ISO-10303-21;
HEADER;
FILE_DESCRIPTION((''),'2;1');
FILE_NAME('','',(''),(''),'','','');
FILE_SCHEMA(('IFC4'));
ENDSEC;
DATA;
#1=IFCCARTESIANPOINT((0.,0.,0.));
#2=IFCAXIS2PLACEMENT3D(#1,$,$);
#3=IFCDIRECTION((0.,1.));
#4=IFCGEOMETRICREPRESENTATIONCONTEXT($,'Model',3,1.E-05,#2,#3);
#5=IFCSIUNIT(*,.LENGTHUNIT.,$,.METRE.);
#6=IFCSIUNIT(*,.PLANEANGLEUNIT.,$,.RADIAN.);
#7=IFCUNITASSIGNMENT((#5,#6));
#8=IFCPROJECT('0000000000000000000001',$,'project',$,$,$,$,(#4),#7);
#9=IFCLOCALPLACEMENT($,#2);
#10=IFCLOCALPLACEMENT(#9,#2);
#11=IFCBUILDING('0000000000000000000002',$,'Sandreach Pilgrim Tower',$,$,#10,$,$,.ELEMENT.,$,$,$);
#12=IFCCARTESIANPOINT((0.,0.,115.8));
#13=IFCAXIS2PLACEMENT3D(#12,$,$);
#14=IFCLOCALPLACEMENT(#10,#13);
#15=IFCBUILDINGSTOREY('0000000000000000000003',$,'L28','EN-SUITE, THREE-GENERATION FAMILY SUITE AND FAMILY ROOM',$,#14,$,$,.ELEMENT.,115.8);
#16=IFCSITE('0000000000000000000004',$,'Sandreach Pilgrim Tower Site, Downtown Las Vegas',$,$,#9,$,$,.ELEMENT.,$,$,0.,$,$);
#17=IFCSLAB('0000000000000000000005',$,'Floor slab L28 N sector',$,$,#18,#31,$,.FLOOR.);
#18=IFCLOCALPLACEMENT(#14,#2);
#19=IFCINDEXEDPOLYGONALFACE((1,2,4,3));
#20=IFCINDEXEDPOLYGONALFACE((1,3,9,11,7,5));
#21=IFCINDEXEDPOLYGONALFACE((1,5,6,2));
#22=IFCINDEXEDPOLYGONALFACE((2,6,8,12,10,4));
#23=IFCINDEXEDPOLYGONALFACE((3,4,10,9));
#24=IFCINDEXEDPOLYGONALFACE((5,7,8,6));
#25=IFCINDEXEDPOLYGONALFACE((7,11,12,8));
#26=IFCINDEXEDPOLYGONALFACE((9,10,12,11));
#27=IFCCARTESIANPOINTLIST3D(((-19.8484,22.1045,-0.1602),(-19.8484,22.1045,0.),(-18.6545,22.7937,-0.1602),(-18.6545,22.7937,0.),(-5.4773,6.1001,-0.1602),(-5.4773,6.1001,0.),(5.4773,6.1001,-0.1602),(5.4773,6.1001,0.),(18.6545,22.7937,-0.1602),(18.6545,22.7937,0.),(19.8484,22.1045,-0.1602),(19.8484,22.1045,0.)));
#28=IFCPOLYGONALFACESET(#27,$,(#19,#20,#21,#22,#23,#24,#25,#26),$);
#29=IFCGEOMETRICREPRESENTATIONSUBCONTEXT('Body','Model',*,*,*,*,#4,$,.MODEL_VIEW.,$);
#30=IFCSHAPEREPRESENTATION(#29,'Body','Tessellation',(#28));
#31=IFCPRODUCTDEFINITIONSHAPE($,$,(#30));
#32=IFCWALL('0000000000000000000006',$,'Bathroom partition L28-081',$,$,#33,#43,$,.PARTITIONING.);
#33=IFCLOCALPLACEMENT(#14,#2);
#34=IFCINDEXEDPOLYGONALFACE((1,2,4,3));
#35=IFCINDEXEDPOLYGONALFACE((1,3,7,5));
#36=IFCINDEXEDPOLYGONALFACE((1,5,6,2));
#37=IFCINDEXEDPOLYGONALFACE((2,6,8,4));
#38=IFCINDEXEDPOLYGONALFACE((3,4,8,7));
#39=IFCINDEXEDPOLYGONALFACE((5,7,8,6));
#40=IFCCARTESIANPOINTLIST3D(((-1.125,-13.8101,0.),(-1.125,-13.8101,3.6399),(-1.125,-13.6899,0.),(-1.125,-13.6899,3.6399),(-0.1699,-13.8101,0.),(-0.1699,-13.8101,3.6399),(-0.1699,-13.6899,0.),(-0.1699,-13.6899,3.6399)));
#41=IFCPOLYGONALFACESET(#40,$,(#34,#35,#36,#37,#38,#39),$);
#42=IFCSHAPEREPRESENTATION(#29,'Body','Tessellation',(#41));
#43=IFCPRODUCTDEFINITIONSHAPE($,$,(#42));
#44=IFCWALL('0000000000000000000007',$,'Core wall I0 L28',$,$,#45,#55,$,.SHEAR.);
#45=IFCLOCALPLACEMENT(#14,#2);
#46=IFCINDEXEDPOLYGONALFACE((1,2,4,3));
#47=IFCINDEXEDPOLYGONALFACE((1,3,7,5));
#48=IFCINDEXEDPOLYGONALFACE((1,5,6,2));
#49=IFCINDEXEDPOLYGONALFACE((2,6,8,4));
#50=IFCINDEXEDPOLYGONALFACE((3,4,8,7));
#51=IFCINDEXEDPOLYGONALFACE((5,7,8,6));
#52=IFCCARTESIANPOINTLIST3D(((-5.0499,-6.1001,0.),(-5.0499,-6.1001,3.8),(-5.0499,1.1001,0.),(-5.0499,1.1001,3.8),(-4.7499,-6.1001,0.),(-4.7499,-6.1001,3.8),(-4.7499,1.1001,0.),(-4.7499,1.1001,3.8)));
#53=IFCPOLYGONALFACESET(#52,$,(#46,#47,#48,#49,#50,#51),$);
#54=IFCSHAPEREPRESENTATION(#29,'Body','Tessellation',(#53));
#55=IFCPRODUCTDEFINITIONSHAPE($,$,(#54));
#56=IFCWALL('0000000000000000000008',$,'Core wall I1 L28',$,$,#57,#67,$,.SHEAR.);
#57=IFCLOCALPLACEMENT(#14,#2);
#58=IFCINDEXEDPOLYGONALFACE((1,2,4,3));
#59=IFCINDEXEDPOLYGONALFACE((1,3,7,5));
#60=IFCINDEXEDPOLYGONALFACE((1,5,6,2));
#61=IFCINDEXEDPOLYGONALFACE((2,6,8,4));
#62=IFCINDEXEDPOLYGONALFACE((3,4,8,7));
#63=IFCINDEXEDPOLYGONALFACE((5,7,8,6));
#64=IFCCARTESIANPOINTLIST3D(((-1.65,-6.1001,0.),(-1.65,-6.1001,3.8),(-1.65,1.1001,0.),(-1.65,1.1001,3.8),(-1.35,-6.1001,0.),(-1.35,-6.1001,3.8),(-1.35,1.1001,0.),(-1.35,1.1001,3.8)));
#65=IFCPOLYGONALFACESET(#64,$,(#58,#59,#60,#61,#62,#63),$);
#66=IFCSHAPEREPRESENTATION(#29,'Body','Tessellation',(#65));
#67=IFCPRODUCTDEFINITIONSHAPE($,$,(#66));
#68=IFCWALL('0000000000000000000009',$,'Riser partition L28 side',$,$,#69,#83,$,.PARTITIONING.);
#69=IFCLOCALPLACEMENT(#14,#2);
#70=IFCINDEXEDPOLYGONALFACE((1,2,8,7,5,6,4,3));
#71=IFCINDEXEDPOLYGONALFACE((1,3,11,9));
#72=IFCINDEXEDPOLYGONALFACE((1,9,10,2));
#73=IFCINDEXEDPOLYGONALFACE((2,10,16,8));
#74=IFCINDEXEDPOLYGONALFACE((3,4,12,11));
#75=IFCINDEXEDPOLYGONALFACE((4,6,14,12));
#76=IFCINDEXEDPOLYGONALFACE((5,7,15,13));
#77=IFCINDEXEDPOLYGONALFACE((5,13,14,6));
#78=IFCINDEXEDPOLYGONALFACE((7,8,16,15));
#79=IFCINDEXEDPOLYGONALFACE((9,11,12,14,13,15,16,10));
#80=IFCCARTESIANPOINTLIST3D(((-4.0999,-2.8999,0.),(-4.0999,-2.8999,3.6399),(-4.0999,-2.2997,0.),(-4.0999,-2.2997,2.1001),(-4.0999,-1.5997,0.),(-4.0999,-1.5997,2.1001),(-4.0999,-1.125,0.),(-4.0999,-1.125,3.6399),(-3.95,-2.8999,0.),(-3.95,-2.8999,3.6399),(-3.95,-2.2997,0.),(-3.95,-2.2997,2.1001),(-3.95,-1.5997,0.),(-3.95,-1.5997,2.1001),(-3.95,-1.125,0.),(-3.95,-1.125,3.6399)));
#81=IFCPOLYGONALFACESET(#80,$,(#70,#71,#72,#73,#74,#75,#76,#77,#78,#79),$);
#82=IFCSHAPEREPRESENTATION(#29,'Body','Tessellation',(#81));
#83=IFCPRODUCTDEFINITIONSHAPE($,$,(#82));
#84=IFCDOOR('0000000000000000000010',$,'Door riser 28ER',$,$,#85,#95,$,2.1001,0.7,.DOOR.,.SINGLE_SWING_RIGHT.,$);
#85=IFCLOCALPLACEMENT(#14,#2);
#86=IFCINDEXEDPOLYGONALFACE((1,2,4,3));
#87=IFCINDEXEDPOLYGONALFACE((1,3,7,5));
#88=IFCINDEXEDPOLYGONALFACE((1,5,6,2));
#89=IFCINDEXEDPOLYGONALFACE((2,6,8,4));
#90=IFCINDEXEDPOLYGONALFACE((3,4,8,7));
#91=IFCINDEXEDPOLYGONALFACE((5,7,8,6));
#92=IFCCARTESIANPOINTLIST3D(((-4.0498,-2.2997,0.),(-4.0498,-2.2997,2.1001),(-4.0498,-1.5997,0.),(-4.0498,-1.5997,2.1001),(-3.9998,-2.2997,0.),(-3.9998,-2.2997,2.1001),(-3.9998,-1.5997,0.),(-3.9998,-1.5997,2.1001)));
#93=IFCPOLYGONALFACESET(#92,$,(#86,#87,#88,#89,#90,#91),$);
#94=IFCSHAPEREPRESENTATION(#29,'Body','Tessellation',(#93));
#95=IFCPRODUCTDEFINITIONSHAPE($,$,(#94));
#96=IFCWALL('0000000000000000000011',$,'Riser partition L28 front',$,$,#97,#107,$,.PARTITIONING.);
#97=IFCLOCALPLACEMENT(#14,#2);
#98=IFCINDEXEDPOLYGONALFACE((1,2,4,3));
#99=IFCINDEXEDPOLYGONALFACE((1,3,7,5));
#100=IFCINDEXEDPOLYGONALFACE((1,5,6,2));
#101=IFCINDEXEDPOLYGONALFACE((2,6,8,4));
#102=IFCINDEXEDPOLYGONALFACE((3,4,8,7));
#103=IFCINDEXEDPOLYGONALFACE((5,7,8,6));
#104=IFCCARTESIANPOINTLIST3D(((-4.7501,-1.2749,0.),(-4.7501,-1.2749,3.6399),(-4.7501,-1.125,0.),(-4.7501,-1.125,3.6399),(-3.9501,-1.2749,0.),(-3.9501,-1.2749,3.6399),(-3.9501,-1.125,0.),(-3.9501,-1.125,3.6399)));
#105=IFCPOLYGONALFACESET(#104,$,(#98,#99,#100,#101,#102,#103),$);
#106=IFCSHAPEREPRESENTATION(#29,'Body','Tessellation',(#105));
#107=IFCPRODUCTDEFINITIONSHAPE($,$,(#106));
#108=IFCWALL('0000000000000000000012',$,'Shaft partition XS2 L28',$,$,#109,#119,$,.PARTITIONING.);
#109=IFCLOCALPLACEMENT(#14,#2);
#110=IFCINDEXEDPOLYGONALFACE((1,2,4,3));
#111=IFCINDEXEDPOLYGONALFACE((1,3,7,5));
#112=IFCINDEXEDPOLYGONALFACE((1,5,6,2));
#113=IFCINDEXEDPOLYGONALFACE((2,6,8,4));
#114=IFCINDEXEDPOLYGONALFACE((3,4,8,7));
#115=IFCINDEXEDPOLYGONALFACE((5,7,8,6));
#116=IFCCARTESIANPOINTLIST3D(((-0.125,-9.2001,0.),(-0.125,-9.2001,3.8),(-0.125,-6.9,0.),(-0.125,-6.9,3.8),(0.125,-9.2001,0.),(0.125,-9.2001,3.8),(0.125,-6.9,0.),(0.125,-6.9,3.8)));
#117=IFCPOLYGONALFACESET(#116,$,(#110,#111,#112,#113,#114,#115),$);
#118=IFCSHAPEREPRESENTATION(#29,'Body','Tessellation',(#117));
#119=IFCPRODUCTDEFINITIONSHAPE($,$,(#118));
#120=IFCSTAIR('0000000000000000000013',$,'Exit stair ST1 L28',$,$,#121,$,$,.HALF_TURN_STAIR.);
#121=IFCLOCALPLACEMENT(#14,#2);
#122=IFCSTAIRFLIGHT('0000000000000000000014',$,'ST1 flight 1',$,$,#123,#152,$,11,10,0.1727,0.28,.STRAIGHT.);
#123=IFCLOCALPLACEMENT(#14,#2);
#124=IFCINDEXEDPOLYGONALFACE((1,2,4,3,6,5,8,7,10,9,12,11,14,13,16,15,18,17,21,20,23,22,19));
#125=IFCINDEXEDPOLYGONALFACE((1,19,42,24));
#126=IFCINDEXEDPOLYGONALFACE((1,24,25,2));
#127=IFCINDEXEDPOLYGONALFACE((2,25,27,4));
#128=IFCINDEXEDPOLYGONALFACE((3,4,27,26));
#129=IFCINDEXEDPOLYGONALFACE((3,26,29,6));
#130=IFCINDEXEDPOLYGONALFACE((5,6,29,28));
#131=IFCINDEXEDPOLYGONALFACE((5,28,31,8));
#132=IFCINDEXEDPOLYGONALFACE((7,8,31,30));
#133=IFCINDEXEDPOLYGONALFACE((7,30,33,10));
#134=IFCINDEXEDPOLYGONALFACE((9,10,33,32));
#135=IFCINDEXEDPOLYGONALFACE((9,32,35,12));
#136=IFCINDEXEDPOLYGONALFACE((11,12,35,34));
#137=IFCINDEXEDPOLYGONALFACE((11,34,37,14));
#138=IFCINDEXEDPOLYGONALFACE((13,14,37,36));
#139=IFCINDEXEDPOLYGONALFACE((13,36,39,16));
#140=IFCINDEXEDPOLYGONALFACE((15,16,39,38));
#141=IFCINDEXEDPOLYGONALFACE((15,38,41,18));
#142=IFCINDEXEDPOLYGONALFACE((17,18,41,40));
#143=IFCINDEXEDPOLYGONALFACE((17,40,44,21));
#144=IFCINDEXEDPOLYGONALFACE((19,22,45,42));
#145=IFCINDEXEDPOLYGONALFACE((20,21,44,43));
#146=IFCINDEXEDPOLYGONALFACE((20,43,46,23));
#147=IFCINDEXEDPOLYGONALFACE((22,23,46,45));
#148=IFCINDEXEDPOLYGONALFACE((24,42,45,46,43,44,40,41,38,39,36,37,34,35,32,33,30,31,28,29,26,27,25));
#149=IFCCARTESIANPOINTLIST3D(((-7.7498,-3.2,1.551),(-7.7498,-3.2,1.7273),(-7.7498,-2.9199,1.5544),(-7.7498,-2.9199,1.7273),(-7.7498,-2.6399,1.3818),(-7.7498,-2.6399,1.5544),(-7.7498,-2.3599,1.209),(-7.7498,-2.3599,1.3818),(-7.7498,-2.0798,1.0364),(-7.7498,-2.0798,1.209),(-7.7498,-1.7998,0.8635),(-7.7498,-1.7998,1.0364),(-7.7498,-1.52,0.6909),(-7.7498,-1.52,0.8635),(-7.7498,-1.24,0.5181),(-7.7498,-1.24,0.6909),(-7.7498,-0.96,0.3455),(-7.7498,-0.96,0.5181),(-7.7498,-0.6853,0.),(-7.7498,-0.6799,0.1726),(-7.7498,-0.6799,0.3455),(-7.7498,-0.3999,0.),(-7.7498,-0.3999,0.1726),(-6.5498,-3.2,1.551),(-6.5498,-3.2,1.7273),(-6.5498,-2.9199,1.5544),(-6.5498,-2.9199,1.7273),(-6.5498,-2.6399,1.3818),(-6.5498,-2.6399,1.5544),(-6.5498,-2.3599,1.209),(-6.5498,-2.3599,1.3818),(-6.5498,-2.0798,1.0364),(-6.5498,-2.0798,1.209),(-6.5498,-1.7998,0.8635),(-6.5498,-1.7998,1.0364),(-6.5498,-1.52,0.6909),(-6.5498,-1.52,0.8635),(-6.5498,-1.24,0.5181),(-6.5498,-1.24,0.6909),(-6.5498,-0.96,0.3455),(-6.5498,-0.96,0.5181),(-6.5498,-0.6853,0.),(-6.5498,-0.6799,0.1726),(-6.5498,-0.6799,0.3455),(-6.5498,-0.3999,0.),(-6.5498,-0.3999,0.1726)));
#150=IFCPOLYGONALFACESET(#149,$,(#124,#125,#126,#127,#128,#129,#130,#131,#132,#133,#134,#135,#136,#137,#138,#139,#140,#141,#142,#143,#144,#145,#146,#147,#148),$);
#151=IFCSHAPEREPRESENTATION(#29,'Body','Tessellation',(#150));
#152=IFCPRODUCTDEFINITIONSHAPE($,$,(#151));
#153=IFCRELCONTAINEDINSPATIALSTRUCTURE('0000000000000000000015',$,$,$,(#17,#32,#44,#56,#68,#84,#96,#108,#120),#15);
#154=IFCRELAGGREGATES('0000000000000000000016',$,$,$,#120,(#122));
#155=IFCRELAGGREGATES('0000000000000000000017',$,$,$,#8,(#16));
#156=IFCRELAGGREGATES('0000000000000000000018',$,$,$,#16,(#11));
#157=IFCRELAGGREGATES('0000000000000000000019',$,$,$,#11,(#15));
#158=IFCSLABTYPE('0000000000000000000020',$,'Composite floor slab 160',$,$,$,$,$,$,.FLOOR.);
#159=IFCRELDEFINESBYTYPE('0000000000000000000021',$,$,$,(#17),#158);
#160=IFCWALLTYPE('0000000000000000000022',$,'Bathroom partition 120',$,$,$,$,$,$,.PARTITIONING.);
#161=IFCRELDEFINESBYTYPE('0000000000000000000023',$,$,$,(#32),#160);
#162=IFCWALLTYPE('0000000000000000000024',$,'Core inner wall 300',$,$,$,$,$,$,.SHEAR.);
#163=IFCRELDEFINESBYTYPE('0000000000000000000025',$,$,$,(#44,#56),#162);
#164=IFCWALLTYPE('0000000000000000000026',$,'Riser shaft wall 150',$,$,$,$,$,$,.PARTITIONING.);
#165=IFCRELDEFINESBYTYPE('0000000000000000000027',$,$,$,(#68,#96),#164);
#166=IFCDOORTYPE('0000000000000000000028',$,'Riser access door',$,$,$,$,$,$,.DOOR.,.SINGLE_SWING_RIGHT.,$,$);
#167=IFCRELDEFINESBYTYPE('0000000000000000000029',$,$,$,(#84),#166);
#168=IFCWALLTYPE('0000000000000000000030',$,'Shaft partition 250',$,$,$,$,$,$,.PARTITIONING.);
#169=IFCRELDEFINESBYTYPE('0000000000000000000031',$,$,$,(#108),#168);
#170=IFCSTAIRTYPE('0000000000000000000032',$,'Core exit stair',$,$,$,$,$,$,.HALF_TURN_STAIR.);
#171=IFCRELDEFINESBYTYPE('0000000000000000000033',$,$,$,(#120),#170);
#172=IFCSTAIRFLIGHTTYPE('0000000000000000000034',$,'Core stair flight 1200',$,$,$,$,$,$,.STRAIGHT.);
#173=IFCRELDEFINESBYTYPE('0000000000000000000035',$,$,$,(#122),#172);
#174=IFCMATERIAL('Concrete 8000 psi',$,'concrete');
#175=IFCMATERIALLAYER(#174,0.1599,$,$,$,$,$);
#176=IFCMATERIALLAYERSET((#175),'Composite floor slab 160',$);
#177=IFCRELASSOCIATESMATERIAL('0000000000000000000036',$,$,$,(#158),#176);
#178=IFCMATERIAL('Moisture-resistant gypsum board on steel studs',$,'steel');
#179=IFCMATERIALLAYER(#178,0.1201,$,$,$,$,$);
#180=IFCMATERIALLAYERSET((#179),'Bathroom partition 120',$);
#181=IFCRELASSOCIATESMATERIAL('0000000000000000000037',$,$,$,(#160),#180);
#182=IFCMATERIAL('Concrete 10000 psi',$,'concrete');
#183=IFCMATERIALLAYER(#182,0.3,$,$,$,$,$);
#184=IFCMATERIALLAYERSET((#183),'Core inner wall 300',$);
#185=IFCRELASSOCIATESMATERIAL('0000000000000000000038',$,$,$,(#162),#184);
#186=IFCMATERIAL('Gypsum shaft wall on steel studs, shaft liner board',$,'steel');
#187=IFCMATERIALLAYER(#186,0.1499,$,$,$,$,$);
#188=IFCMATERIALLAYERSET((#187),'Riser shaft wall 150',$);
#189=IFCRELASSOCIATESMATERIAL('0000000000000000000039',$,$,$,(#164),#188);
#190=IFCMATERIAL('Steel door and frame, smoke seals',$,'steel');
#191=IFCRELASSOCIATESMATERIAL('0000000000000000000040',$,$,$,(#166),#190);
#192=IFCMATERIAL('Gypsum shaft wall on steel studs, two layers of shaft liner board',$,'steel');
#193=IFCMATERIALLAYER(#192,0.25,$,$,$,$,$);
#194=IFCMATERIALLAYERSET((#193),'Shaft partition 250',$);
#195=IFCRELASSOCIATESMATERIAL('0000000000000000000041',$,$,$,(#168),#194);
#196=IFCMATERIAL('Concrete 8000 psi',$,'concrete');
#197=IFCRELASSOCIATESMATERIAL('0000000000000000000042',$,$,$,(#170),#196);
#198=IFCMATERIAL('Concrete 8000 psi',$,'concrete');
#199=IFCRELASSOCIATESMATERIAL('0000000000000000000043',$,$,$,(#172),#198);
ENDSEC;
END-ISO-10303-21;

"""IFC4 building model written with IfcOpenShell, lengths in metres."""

from ifc_helpers import new_model, si_unit, direction, frame, frame_2d, origin, place, context, subcontext, project, spatial, polyline, rectangle, outline, extrude, material, layer, layer_set, type_object, element, fill, aggregate, save


model = new_model("IFC4")

# Units and contexts
model_context = context("Model", 3, precision=1e-05, world=origin(), true_north=direction((0.0, 1.0)))
body_context = subcontext(model_context, "Body", "Model", "MODEL_VIEW")
ifc_project = project(units=[si_unit("LENGTHUNIT", "METRE"), si_unit("PLANEANGLEUNIT", "RADIAN")], contexts=[model_context])

# Site, building, storey
site_placement = place(None, origin())
site = spatial("IfcSite", under=ifc_project, at=site_placement, Name="Sandreach Pilgrim Tower Site, Downtown Las Vegas", CompositionType="ELEMENT", RefElevation=0.0)
building_placement = place(site_placement, origin())
building = spatial("IfcBuilding", under=site, at=building_placement, Name="Sandreach Pilgrim Tower", CompositionType="ELEMENT")
storey_placement = place(building_placement, frame((0.0, 0.0, 115.8)))
storey = spatial("IfcBuildingStorey", under=building, at=storey_placement, Name="L28", Description="EN-SUITE, THREE-GENERATION FAMILY SUITE AND FAMILY ROOM", CompositionType="ELEMENT", Elevation=115.8)

# Slab
ifc_material_1 = material(Name="Concrete 8000 psi", Category="concrete")
ifc_layer_1 = layer(ifc_material_1, 0.1599)
ifc_layer_set_1 = layer_set([ifc_layer_1], Name="Composite floor slab 160")
slab_type = type_object("IfcSlabType", Name="Composite floor slab 160", PredefinedType="FLOOR", material=ifc_layer_set_1)
slab_placement = place(storey_placement, frame((0.0, 0.0, -0.1602)))
element("IfcSlab", 1, at=slab_placement, inside=storey, type_object=slab_type, Name="Floor slab L28 N sector", PredefinedType="FLOOR", context=body_context, shape_type="SweptSolid", body=[
    extrude(outline(polyline([(-18.6545, 22.7937), (18.6545, 22.7937), (19.8484, 22.1045), (5.4773, 6.1001), (-5.4773, 6.1001), (-19.8484, 22.1045), (-18.6545, 22.7937)])), origin(), (0.0, 0.0, 1.0), 0.1602),
])

# Walls
ifc_material_2 = material(Name="Moisture-resistant gypsum board on steel studs", Category="steel")
ifc_layer_2 = layer(ifc_material_2, 0.1201)
ifc_layer_set_2 = layer_set([ifc_layer_2], Name="Bathroom partition 120")
wall_type_1 = type_object("IfcWallType", Name="Bathroom partition 120", PredefinedType="PARTITIONING", material=ifc_layer_set_2)
wall_1_placement = place(storey_placement, frame((-1.125, -13.75, 0.0), z_axis=(0.0, 0.0, 1.0), x_axis=(1.0, 0.0, 0.0)))
element("IfcWall", 2, at=wall_1_placement, inside=storey, type_object=wall_type_1, Name="Bathroom partition L28-081", PredefinedType="PARTITIONING", context=body_context, shape_type="SweptSolid", body=[
    extrude(rectangle(XDim=0.9551, YDim=0.1201, at=frame_2d((0.4775, 0.0))), origin(), (0.0, 0.0, 1.0), 3.6399),
])
ifc_material_3 = material(Name="Concrete 10000 psi", Category="concrete")
ifc_layer_3 = layer(ifc_material_3, 0.3)
ifc_layer_set_3 = layer_set([ifc_layer_3], Name="Core inner wall 300")
wall_type_2 = type_object("IfcWallType", Name="Core inner wall 300", PredefinedType="SHEAR", material=ifc_layer_set_3)
for number, where, z_axis, x_axis, name in (
    (3, (-4.8999, -6.1001, 0.0), (0.0, 0.0, 1.0), (0.0, 1.0, 0.0), "Core wall I0 L28"),
    (4, (-1.5, -6.1001, 0.0), (0.0, 0.0, 1.0), (0.0, 1.0, 0.0), "Core wall I1 L28"),
):
    element("IfcWall", number, at=place(storey_placement, frame(where, z_axis=z_axis, x_axis=x_axis)), inside=storey, type_object=wall_type_2, Name=name, PredefinedType="SHEAR", context=body_context, shape_type="SweptSolid", body=[
        extrude(rectangle(XDim=7.2002, YDim=0.3, at=frame_2d((3.6001, 0.0))), origin(), (0.0, 0.0, 1.0), 3.8),
    ])

# Wall, opening, door
ifc_material_4 = material(Name="Gypsum shaft wall on steel studs, shaft liner board", Category="steel")
ifc_layer_4 = layer(ifc_material_4, 0.1499)
ifc_layer_set_4 = layer_set([ifc_layer_4], Name="Riser shaft wall 150")
wall_type_3 = type_object("IfcWallType", Name="Riser shaft wall 150", PredefinedType="PARTITIONING", material=ifc_layer_set_4)
wall_2_placement = place(storey_placement, frame((-4.0249, -2.8999, 0.0), z_axis=(0.0, 0.0, 1.0), x_axis=(0.0, 1.0, 0.0)))
wall_2 = element("IfcWall", 5, at=wall_2_placement, inside=storey, type_object=wall_type_3, Name="Riser partition L28 side", PredefinedType="PARTITIONING", context=body_context, shape_type="SweptSolid", body=[
    extrude(rectangle(XDim=1.7749, YDim=0.1499, at=frame_2d((0.8875, 0.0))), origin(), (0.0, 0.0, 1.0), 3.6399),
])
opening_1_placement = place(wall_2_placement, frame((0.6001, 0.0, 0.0)))
opening_1 = element("IfcOpeningElement", 6, at=opening_1_placement, cuts=wall_2, PredefinedType="OPENING", context=body_context, shape_type="SweptSolid", body=[
    extrude(rectangle(XDim=0.7, YDim=2.1001, at=frame_2d((0.3501, 1.05))), frame((0.0, 0.075, 0.0), z_axis=(0.0, -1.0, 0.0), x_axis=(1.0, 0.0, 0.0)), (0.0, 0.0, 1.0), 0.1499),
])
ifc_material_5 = material(Name="Steel door and frame, smoke seals", Category="steel")
door_type_1 = type_object("IfcDoorType", Name="Riser access door", OperationType="SINGLE_SWING_RIGHT", PredefinedType="DOOR", material=ifc_material_5)
door_1_placement = place(opening_1_placement, origin())
door_1 = element("IfcDoor", 7, at=door_1_placement, inside=storey, type_object=door_type_1, Name="Door riser 28ER", OperationType="SINGLE_SWING_RIGHT", OverallHeight=2.1001, OverallWidth=0.7, PredefinedType="DOOR", context=body_context, shape_type="SweptSolid", body=[
    extrude(rectangle(XDim=0.7, YDim=2.1001, at=frame_2d((0.3501, 1.05))), frame((0.0, 0.0249, 0.0), z_axis=(0.0, -1.0, 0.0), x_axis=(1.0, 0.0, 0.0)), (0.0, 0.0, 1.0), 0.05),
])
fill(opening_1, door_1)

# Walls
wall_3_placement = place(storey_placement, frame((-4.75, -1.2, 0.0), z_axis=(0.0, 0.0, 1.0), x_axis=(1.0, 0.0, 0.0)))
element("IfcWall", 8, at=wall_3_placement, inside=storey, type_object=wall_type_3, Name="Riser partition L28 front", PredefinedType="PARTITIONING", context=body_context, shape_type="SweptSolid", body=[
    extrude(rectangle(XDim=0.8, YDim=0.1499, at=frame_2d((0.3999, 0.0))), origin(), (0.0, 0.0, 1.0), 3.6399),
])
ifc_material_6 = material(Name="Gypsum shaft wall on steel studs, two layers of shaft liner board", Category="steel")
ifc_layer_5 = layer(ifc_material_6, 0.25)
ifc_layer_set_5 = layer_set([ifc_layer_5], Name="Shaft partition 250")
wall_type_4 = type_object("IfcWallType", Name="Shaft partition 250", PredefinedType="PARTITIONING", material=ifc_layer_set_5)
wall_4_placement = place(storey_placement, frame((0.0, -9.2, 0.0), z_axis=(0.0, 0.0, 1.0), x_axis=(0.0, 1.0, 0.0)))
element("IfcWall", 9, at=wall_4_placement, inside=storey, type_object=wall_type_4, Name="Shaft partition XS2 L28", PredefinedType="PARTITIONING", context=body_context, shape_type="SweptSolid", body=[
    extrude(rectangle(XDim=2.3, YDim=0.25, at=frame_2d((1.1499, 0.0))), origin(), (0.0, 0.0, 1.0), 3.8),
])

# Stair, stair flight
ifc_material_7 = material(Name="Concrete 8000 psi", Category="concrete")
stair_type = type_object("IfcStairType", Name="Core exit stair", PredefinedType="HALF_TURN_STAIR", material=ifc_material_7)
stair_1_placement = place(storey_placement, origin())
stair_1 = element("IfcStair", 10, at=stair_1_placement, inside=storey, type_object=stair_type, Name="Exit stair ST1 L28", PredefinedType="HALF_TURN_STAIR")
ifc_material_8 = material(Name="Concrete 8000 psi", Category="concrete")
stair_flight_type = type_object("IfcStairFlightType", Name="Core stair flight 1200", PredefinedType="STRAIGHT", material=ifc_material_8)
stair_flight_1_placement = place(storey_placement, frame((-7.1499, -0.3999, 0.0), z_axis=(0.0, 0.0, 1.0), x_axis=(0.0, -1.0, 0.0)))
stair_flight_1 = element("IfcStairFlight", 11, at=stair_flight_1_placement, type_object=stair_flight_type, Name="ST1 flight 1", NumberOfRisers=11, NumberOfTreads=10, PredefinedType="STRAIGHT", RiserHeight=0.1727, TreadLength=0.28, context=body_context, shape_type="SweptSolid", body=[
    extrude(outline(polyline([(0.0, 0.0), (0.0, 0.1726), (0.28, 0.1726), (0.28, 0.3455), (0.5601, 0.3455), (0.5601, 0.5181), (0.8401, 0.5181), (0.8401, 0.6909), (1.1201, 0.6909), (1.1201, 0.8635), (1.3999, 0.8635), (1.3999, 1.0364), (1.6799, 1.0364), (1.6799, 1.209), (1.96, 1.209), (1.96, 1.3818), (2.24, 1.3818), (2.24, 1.5544), (2.52, 1.5544), (2.52, 1.7273), (2.8, 1.7273), (2.8, 1.8999), (2.8, 1.551), (0.2854, 0.0), (0.0, 0.0)])), frame((0.0, 0.6001, 0.0), z_axis=(0.0, -1.0, 0.0), x_axis=(1.0, 0.0, 0.0)), (0.0, 0.0, 1.0), 1.2),
])
aggregate(stair_1, [stair_flight_1])

save(model, "model.ifc")
